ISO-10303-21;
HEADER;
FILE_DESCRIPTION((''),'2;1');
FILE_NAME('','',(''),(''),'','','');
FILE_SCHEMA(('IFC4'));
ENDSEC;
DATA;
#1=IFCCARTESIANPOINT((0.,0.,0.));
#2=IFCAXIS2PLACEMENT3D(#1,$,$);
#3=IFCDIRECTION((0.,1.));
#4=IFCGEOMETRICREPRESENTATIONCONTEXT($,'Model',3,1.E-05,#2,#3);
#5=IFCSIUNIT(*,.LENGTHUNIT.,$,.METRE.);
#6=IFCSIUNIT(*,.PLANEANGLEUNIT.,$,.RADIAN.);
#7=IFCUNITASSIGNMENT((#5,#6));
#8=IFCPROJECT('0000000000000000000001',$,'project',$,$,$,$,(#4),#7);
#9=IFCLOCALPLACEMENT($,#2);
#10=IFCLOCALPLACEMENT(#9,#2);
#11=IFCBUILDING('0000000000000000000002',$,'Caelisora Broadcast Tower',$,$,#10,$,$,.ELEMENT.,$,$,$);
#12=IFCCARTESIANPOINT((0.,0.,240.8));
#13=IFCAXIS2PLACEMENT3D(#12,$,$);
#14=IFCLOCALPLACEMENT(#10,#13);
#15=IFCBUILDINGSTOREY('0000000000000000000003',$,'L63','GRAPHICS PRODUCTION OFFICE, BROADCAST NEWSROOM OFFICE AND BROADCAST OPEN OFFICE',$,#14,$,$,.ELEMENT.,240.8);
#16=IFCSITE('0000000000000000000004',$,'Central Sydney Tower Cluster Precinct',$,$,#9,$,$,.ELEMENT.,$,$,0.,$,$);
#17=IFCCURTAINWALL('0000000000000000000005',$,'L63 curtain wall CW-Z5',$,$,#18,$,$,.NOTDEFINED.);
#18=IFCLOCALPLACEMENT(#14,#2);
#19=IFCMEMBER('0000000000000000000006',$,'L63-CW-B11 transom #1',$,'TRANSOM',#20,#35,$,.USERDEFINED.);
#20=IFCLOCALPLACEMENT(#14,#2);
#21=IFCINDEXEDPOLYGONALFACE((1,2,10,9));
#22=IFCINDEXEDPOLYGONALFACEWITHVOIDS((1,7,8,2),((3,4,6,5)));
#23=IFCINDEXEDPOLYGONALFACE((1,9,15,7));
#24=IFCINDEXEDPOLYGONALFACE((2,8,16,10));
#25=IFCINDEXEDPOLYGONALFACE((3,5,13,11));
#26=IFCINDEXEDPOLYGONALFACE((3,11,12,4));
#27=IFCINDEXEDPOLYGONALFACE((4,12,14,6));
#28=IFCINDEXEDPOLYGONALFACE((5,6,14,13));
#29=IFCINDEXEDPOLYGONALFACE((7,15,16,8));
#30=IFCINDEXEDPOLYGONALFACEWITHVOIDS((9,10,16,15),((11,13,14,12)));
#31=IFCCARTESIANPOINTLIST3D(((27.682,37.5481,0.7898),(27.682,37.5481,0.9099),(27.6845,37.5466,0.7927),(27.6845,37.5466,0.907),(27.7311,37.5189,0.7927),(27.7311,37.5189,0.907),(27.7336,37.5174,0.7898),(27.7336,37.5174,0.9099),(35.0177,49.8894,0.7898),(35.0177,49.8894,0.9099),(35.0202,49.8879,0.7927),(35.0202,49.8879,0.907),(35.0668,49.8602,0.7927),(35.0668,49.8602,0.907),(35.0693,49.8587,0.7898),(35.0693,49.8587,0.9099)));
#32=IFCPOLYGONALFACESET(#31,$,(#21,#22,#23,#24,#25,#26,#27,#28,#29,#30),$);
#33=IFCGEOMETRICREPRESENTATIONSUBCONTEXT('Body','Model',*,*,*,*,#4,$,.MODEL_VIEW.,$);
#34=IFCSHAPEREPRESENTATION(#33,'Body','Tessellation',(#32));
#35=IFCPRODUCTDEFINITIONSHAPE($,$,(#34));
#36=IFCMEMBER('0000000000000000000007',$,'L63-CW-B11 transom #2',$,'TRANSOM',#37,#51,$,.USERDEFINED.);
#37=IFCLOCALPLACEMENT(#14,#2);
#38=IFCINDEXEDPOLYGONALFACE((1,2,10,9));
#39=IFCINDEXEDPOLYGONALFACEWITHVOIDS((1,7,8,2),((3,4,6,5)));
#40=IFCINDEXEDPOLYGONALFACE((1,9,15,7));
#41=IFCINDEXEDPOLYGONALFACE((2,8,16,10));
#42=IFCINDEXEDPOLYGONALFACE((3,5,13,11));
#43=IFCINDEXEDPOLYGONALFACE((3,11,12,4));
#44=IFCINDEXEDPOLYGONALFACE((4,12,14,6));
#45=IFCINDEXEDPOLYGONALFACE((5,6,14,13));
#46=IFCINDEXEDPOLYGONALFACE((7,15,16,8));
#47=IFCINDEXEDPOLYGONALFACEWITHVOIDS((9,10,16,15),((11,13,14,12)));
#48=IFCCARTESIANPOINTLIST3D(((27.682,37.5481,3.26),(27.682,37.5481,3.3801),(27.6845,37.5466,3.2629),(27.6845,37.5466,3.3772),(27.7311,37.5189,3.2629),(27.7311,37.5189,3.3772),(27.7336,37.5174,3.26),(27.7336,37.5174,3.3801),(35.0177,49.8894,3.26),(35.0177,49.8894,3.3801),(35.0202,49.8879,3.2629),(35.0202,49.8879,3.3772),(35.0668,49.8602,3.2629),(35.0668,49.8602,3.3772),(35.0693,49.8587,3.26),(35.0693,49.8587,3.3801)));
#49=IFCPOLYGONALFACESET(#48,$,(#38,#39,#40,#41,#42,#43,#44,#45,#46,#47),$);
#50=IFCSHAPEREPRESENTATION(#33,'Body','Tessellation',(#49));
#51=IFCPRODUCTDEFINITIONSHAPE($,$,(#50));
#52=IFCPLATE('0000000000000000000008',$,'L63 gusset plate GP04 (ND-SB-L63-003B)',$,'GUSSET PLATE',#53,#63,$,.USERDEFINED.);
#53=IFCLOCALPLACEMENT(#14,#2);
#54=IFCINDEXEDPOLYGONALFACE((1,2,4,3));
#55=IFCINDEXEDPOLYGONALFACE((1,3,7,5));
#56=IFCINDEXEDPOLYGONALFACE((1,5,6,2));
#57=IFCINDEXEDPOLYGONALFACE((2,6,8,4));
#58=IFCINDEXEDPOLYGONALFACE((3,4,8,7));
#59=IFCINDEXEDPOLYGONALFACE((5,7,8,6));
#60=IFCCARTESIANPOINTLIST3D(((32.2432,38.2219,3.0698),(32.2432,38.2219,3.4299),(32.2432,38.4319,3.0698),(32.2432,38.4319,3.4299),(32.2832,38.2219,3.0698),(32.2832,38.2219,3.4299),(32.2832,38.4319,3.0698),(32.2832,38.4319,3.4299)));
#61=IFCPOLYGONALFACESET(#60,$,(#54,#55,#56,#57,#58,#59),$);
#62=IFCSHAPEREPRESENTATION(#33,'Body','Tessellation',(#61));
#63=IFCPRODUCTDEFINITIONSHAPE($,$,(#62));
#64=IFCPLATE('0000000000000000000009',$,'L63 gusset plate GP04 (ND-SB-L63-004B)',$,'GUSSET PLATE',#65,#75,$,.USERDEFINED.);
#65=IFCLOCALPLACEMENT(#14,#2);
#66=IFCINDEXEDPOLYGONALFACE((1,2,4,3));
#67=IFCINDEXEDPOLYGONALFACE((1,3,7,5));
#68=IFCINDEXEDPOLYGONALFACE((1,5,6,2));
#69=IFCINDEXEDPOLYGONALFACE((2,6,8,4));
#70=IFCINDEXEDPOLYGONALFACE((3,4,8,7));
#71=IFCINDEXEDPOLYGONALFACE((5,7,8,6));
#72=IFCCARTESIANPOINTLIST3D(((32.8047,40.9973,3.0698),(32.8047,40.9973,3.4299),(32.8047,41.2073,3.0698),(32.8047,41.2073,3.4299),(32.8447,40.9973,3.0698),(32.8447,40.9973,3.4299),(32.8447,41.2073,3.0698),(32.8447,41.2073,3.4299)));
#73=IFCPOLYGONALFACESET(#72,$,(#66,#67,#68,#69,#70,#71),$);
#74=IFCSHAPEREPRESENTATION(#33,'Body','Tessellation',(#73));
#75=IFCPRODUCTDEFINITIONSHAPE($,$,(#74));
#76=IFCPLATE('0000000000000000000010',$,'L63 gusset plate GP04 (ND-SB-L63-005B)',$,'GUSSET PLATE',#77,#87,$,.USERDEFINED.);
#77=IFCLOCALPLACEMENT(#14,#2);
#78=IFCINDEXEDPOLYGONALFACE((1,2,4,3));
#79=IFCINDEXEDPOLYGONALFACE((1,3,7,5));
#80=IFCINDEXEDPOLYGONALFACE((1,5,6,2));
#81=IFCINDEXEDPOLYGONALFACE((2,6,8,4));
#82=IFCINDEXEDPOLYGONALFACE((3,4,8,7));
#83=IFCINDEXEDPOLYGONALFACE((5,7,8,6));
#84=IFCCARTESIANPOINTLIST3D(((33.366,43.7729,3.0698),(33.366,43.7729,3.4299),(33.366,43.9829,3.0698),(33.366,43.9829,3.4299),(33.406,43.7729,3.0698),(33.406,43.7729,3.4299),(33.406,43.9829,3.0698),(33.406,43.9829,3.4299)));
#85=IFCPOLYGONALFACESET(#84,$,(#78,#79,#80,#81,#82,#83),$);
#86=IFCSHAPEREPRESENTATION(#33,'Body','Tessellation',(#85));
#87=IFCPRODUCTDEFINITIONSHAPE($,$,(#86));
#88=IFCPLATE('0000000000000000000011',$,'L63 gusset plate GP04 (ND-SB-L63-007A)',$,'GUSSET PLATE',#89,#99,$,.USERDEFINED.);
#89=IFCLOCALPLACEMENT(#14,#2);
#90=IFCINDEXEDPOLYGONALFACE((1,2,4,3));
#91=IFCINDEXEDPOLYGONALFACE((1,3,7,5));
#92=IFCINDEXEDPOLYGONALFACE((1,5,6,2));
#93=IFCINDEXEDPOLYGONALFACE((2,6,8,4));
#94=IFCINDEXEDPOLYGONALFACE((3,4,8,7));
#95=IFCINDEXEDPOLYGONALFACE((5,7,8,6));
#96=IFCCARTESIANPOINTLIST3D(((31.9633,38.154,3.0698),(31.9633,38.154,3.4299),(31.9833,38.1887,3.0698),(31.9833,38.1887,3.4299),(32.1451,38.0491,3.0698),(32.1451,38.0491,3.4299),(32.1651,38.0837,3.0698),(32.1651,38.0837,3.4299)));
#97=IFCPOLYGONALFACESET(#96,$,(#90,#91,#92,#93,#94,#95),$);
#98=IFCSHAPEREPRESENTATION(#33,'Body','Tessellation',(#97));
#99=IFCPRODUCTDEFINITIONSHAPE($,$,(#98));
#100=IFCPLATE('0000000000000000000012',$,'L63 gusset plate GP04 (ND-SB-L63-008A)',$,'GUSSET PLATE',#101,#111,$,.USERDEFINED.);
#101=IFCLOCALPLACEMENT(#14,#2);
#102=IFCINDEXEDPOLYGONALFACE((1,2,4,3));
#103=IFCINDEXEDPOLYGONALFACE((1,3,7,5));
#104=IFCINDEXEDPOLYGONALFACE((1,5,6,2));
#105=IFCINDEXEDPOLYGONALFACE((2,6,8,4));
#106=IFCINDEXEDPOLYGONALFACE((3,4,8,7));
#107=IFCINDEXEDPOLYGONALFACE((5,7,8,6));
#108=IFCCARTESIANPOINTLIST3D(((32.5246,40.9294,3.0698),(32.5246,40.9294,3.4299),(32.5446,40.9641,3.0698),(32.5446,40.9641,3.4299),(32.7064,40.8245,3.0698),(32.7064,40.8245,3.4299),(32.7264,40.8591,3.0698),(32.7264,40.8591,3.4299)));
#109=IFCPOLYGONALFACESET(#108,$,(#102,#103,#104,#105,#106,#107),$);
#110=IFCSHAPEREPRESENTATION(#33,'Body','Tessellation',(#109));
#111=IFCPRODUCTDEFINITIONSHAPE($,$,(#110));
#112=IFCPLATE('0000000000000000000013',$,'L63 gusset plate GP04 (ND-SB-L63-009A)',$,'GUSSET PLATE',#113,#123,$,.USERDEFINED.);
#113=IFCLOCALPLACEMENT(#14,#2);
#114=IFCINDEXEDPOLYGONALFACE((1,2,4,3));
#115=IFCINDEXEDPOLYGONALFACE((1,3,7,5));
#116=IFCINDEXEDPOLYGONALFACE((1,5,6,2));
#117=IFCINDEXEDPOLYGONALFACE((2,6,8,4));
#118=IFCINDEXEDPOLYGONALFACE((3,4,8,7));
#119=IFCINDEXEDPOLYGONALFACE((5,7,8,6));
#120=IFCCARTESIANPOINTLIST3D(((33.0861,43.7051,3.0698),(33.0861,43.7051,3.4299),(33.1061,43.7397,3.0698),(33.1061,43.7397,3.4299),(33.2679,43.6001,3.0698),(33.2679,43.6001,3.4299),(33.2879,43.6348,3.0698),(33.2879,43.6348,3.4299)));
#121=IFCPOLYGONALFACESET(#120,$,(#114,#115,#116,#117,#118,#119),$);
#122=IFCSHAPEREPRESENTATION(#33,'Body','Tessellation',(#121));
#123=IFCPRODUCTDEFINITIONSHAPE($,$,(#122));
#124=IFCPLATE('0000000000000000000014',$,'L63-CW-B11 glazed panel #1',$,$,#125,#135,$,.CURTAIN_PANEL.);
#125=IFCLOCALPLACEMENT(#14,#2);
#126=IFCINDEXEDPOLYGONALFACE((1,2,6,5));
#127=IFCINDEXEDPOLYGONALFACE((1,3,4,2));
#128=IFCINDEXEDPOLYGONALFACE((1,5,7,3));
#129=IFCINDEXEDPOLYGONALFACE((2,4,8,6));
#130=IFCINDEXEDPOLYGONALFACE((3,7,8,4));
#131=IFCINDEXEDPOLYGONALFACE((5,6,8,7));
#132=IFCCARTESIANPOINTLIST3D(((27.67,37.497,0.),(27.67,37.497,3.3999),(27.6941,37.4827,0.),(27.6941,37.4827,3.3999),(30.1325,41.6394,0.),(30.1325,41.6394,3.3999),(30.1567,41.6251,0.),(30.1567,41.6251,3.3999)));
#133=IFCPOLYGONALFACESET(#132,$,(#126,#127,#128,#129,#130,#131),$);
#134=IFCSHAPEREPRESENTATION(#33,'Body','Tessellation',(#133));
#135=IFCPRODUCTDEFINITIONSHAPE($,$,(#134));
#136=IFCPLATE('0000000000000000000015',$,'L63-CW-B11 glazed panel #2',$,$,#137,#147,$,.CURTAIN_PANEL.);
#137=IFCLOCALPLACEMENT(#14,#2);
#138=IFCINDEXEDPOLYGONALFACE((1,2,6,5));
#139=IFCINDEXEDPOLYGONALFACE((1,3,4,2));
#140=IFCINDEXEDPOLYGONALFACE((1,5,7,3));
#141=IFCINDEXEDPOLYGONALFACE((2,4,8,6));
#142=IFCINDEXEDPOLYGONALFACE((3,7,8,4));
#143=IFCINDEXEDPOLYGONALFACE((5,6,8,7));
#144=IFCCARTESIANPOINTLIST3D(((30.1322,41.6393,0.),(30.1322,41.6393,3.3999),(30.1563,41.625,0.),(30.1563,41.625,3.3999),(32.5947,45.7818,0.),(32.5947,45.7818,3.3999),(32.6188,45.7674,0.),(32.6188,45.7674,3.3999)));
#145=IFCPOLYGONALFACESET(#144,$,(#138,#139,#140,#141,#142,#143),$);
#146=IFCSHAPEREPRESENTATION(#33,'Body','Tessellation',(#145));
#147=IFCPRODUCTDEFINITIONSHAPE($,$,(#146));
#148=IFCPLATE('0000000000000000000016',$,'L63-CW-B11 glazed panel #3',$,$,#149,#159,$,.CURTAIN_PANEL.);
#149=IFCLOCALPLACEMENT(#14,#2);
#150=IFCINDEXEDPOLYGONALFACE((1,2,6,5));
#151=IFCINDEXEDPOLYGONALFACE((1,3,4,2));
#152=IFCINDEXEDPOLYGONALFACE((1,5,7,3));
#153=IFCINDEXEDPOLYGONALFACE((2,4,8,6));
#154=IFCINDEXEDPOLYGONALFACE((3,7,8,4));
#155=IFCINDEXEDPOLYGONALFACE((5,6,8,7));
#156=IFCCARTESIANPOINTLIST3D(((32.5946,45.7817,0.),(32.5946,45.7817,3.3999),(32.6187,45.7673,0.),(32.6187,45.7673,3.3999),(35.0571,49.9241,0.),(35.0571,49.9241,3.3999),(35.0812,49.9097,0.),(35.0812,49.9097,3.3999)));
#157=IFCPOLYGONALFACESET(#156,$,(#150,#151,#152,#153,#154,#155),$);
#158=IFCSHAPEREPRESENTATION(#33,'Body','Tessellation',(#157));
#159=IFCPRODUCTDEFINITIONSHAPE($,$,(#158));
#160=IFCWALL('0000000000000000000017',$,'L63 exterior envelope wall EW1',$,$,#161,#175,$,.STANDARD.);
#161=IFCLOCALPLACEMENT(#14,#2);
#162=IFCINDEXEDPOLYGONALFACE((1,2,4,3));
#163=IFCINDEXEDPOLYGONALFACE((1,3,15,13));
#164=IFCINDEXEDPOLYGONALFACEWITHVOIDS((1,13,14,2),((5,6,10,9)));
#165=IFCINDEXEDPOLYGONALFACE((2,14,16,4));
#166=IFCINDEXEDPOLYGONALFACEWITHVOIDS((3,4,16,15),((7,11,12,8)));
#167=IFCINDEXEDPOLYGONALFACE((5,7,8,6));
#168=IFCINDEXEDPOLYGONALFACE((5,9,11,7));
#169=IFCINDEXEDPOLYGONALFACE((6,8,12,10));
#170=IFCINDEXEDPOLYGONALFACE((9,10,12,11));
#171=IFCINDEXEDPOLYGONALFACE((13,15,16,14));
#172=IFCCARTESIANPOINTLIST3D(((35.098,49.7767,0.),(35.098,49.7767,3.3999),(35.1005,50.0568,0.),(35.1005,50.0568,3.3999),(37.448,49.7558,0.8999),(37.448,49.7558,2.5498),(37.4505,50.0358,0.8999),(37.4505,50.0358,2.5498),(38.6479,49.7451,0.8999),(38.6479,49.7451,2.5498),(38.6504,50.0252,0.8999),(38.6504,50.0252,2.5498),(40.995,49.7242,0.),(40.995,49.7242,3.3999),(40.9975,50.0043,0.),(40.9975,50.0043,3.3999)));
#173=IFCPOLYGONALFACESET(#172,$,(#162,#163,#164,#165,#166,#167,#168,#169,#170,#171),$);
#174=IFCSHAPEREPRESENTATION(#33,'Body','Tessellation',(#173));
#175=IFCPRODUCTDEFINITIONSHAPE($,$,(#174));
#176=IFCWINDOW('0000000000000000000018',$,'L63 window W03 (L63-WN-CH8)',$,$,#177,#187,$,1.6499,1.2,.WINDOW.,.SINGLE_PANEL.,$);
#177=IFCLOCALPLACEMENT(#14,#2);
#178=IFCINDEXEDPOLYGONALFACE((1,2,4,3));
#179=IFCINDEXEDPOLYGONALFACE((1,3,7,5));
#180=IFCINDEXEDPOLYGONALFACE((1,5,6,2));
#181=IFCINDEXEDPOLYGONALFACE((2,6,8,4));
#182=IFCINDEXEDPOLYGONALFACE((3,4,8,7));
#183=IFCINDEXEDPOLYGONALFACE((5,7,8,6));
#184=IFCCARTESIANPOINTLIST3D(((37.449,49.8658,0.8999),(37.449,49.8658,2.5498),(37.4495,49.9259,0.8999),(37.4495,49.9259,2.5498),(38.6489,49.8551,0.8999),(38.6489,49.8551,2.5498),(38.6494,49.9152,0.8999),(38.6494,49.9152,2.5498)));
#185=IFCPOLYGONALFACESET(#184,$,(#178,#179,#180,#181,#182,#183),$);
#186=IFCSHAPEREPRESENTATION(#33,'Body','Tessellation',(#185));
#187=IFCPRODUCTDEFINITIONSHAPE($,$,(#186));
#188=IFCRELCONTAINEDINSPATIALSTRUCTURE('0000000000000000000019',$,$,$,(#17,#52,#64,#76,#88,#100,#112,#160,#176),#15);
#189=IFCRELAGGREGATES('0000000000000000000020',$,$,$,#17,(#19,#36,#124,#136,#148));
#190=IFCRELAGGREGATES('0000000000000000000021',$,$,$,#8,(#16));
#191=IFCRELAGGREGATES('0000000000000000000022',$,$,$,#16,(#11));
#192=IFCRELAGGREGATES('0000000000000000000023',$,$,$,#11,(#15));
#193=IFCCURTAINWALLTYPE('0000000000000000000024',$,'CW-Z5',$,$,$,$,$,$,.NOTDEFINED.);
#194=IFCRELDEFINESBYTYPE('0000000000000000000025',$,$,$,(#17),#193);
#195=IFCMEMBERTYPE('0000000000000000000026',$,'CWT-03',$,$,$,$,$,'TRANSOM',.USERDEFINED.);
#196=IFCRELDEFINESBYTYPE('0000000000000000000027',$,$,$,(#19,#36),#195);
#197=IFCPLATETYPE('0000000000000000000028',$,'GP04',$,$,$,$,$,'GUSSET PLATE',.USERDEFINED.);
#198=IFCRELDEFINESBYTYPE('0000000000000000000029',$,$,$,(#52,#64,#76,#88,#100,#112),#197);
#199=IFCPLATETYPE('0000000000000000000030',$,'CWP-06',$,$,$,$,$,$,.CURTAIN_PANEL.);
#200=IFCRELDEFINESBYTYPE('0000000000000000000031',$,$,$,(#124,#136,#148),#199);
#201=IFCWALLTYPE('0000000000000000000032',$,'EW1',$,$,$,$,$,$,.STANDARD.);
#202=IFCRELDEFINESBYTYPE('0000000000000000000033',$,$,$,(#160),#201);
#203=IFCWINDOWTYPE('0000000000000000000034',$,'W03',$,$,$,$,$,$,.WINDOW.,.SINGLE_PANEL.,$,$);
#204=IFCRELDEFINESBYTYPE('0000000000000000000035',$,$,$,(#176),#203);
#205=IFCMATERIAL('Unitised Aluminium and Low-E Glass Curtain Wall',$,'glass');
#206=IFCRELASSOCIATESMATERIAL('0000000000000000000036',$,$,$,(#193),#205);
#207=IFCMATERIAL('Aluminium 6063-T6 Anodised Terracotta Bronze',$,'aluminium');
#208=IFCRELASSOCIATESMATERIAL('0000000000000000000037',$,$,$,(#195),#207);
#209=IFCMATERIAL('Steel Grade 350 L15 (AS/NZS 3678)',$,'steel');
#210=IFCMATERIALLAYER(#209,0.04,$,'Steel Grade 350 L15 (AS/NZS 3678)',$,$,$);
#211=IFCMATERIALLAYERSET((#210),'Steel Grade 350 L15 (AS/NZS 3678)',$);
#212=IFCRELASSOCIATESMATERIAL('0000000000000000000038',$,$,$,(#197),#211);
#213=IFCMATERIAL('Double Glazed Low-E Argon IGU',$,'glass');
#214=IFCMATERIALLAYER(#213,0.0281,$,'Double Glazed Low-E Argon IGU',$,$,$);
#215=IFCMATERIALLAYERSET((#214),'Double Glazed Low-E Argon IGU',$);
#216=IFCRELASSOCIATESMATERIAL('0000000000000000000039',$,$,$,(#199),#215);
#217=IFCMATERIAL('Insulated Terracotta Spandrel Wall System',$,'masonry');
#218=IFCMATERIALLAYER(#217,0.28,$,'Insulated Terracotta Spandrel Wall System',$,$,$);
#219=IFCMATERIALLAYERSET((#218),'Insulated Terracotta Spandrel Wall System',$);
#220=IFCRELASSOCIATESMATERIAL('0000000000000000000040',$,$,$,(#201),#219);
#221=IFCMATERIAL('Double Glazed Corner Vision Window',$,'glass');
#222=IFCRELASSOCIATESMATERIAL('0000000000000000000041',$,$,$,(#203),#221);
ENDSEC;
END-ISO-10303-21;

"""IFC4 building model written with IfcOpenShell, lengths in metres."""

from ifc_helpers import new_model, si_unit, direction, frame, frame_2d, origin, origin_2d, place, context, subcontext, project, spatial, rectangle, hollow_rectangle, extrude, source, transform, mapped, material, layer, layer_set, material_profile, profile_set, type_object, type_shapes, element, fill, aggregate, save


model = new_model("IFC4")

# Units and contexts
model_context = context("Model", 3, precision=1e-05, world=origin(), true_north=direction((0.0, 1.0)))
body_context = subcontext(model_context, "Body", "Model", "MODEL_VIEW")
ifc_project = project(units=[si_unit("LENGTHUNIT", "METRE"), si_unit("PLANEANGLEUNIT", "RADIAN")], contexts=[model_context])

# Site, building, storey
site_placement = place(None, origin())
site = spatial("IfcSite", under=ifc_project, at=site_placement, Name="Central Sydney Tower Cluster Precinct", CompositionType="ELEMENT", RefElevation=0.0)
building_placement = place(site_placement, origin())
building = spatial("IfcBuilding", under=site, at=building_placement, Name="Caelisora Broadcast Tower", CompositionType="ELEMENT")
storey_placement = place(building_placement, frame((0.0, 0.0, 240.8)))
storey = spatial("IfcBuildingStorey", under=building, at=storey_placement, Name="L63", Description="GRAPHICS PRODUCTION OFFICE, BROADCAST NEWSROOM OFFICE AND BROADCAST OPEN OFFICE", CompositionType="ELEMENT", Elevation=240.8)

# Shared definitions
ifc_material_1 = material(Name="Steel Grade 350 L15 (AS/NZS 3678)", Category="steel")

# Shared definitions
ifc_material_2 = material(Name="Aluminium 6063-T6 Anodised Terracotta Bronze", Category="aluminium")

# Curtain wall, members
ifc_material_3 = material(Name="Unitised Aluminium and Low-E Glass Curtain Wall", Category="glass")
curtain_wall_type_1 = type_object("IfcCurtainWallType", Name="CW-Z5", PredefinedType="NOTDEFINED", material=ifc_material_3)
curtain_wall_1_placement = place(storey_placement, origin())
curtain_wall_1 = element("IfcCurtainWall", 1, at=curtain_wall_1_placement, inside=storey, type_object=curtain_wall_type_1, Name="L63 curtain wall CW-Z5", PredefinedType="NOTDEFINED")
ifc_material_profile_1 = material_profile(ifc_material_2, hollow_rectangle(XDim=0.0601, YDim=0.1201, WallThickness=0.0029, at=origin_2d()), Name="Aluminium 6063-T6 Anodised Terracotta Bronze")
ifc_profile_set_1 = profile_set([ifc_material_profile_1], Name="Aluminium 6063-T6 Anodised Terracotta Bronze")
member_type_1 = type_object("IfcMemberType", Name="CWT-03", ElementType="TRANSOM", PredefinedType="USERDEFINED", material=ifc_profile_set_1)
shared_shape_1 = source(origin(), body_context, "Body", "SweptSolid", [
    extrude(hollow_rectangle(XDim=0.0601, YDim=0.1201, WallThickness=0.0029, at=origin_2d()), origin(), (0.0, 0.0, 1.0), 14.3569),
])
type_shapes(member_type_1, [shared_shape_1])
member_1_placement = place(storey_placement, frame((27.7078, 37.5327, 0.8499), z_axis=(0.510953, 0.859609, 0.0), x_axis=(-0.859609, 0.510953, 0.0)))
member_1 = element("IfcMember", 2, at=member_1_placement, type_object=member_type_1, Name="L63-CW-B11 transom #1", ObjectType="TRANSOM", PredefinedType="USERDEFINED", context=body_context, shape_type="MappedRepresentation", body=[
    mapped(shared_shape_1, transform((0.0, 0.0, 0.0), scale=1.0)),
])
member_2_placement = place(storey_placement, frame((27.7078, 37.5327, 3.3201), z_axis=(0.510953, 0.859609, 0.0), x_axis=(-0.859609, 0.510953, 0.0)))
member_2 = element("IfcMember", 3, at=member_2_placement, type_object=member_type_1, Name="L63-CW-B11 transom #2", ObjectType="TRANSOM", PredefinedType="USERDEFINED", context=body_context, shape_type="MappedRepresentation", body=[
    mapped(shared_shape_1, transform((0.0, 0.0, 0.0), scale=1.0)),
])

# Plates
ifc_layer_1 = layer(ifc_material_1, 0.04, Name="Steel Grade 350 L15 (AS/NZS 3678)")
ifc_layer_set_1 = layer_set([ifc_layer_1], Name="Steel Grade 350 L15 (AS/NZS 3678)")
plate_type_1 = type_object("IfcPlateType", Name="GP04", ElementType="GUSSET PLATE", PredefinedType="USERDEFINED", material=ifc_layer_set_1)
shared_shape_2 = source(origin(), body_context, "Body", "SweptSolid", [
    extrude(rectangle(XDim=0.21, YDim=0.04, at=origin_2d()), origin(), (0.0, 0.0, 1.0), 0.3601),
])
type_shapes(plate_type_1, [shared_shape_2])
for number, where, z_axis, x_axis, name in (
    (4, (32.2632, 38.3269, 3.0698), (0.0, 0.0, 1.0), (0.0, -1.0, 0.0), "L63 gusset plate GP04 (ND-SB-L63-003B)"),
    (5, (32.8247, 41.1023, 3.0698), (0.0, 0.0, 1.0), (0.0, -1.0, 0.0), "L63 gusset plate GP04 (ND-SB-L63-004B)"),
    (6, (33.386, 43.8779, 3.0698), (0.0, 0.0, 1.0), (0.0, -1.0, 0.0), "L63 gusset plate GP04 (ND-SB-L63-005B)"),
    (7, (32.0642, 38.1189, 3.0698), (0.0, 0.0, 1.0), (0.866025, -0.5, 0.0), "L63 gusset plate GP04 (ND-SB-L63-007A)"),
    (8, (32.6255, 40.8943, 3.0698), (0.0, 0.0, 1.0), (0.866025, -0.5, 0.0), "L63 gusset plate GP04 (ND-SB-L63-008A)"),
    (9, (33.187, 43.6699, 3.0698), (0.0, 0.0, 1.0), (0.866025, -0.5, 0.0), "L63 gusset plate GP04 (ND-SB-L63-009A)"),
):
    element("IfcPlate", number, at=place(storey_placement, frame(where, z_axis=z_axis, x_axis=x_axis)), inside=storey, type_object=plate_type_1, Name=name, ObjectType="GUSSET PLATE", PredefinedType="USERDEFINED", context=body_context, shape_type="MappedRepresentation", body=[
        mapped(shared_shape_2, transform((0.0, 0.0, 0.0), scale=1.0)),
    ])

# Plates
ifc_material_4 = material(Name="Double Glazed Low-E Argon IGU", Category="glass")
ifc_layer_2 = layer(ifc_material_4, 0.0281, Name="Double Glazed Low-E Argon IGU")
ifc_layer_set_2 = layer_set([ifc_layer_2], Name="Double Glazed Low-E Argon IGU")
plate_type_2 = type_object("IfcPlateType", Name="CWP-06", PredefinedType="CURTAIN_PANEL", material=ifc_layer_set_2)
shared_shape_3 = source(origin(), body_context, "Body", "SweptSolid", [
    extrude(rectangle(XDim=4.8191, YDim=0.0281, at=origin_2d()), origin(), (0.0, 0.0, 1.0), 3.3999),
])
type_shapes(plate_type_2, [shared_shape_3])
plate_1_placement = place(storey_placement, frame((28.9133, 39.561, 0.0), z_axis=(0.0, 0.0, 1.0), x_axis=(0.510993, 0.859585, 0.0)))
plate_1 = element("IfcPlate", 10, at=plate_1_placement, type_object=plate_type_2, Name="L63-CW-B11 glazed panel #1", PredefinedType="CURTAIN_PANEL", context=body_context, shape_type="MappedRepresentation", body=[
    mapped(shared_shape_3, transform((0.0, 0.0, 0.0), scale=1.0)),
])
plate_2_placement = place(storey_placement, frame((31.3755, 43.7034, 0.0), z_axis=(0.0, 0.0, 1.0), x_axis=(0.510993, 0.859585, 0.0)))
plate_2 = element("IfcPlate", 11, at=plate_2_placement, type_object=plate_type_2, Name="L63-CW-B11 glazed panel #2", PredefinedType="CURTAIN_PANEL", context=body_context, shape_type="MappedRepresentation", body=[
    mapped(shared_shape_3, transform((0.0, 0.0, 0.0), scale=1.0)),
])
plate_3_placement = place(storey_placement, frame((33.8379, 47.8457, 0.0), z_axis=(0.0, 0.0, 1.0), x_axis=(0.510993, 0.859585, 0.0)))
plate_3 = element("IfcPlate", 12, at=plate_3_placement, type_object=plate_type_2, Name="L63-CW-B11 glazed panel #3", PredefinedType="CURTAIN_PANEL", context=body_context, shape_type="MappedRepresentation", body=[
    mapped(shared_shape_3, transform((0.0, 0.0, 0.0), scale=1.0)),
])
aggregate(curtain_wall_1, [member_1, member_2, plate_1, plate_2, plate_3])

# Wall, opening, window
ifc_material_5 = material(Name="Insulated Terracotta Spandrel Wall System", Category="masonry")
ifc_layer_3 = layer(ifc_material_5, 0.28, Name="Insulated Terracotta Spandrel Wall System")
ifc_layer_set_3 = layer_set([ifc_layer_3], Name="Insulated Terracotta Spandrel Wall System")
wall_type_1 = type_object("IfcWallType", Name="EW1", PredefinedType="STANDARD", material=ifc_layer_set_3)
wall_1_placement = place(storey_placement, frame((35.0991, 49.9167, 0.0), z_axis=(0.0, 0.0, 1.0), x_axis=(0.99996, -0.008901, 0.0)))
wall_1 = element("IfcWall", 13, at=wall_1_placement, inside=storey, type_object=wall_type_1, Name="L63 exterior envelope wall EW1", PredefinedType="STANDARD", context=body_context, shape_type="SweptSolid", body=[
    extrude(rectangle(XDim=5.8972, YDim=0.28, at=frame_2d((2.9487, 0.0))), origin(), (0.0, 0.0, 1.0), 3.3999),
])
opening_1_placement = place(wall_1_placement, frame((2.3501, 0.0, 0.8999)))
opening_1 = element("IfcOpeningElement", 14, at=opening_1_placement, cuts=wall_1, PredefinedType="OPENING", context=body_context, shape_type="SweptSolid", body=[
    extrude(rectangle(XDim=1.2, YDim=1.6499, at=frame_2d((0.6001, 0.825))), frame((0.0, 0.1521, 0.0), z_axis=(0.0, -1.0, 0.0), x_axis=(1.0, 0.0, 0.0)), (0.0, 0.0, 1.0), 0.304),
])
ifc_material_6 = material(Name="Double Glazed Corner Vision Window", Category="glass")
window_type = type_object("IfcWindowType", Name="W03", PartitioningType="SINGLE_PANEL", PredefinedType="WINDOW", material=ifc_material_6)
window_placement = place(opening_1_placement, origin())
window = element("IfcWindow", 15, at=window_placement, inside=storey, type_object=window_type, Name="L63 window W03 (L63-WN-CH8)", OverallHeight=1.6499, OverallWidth=1.2, PartitioningType="SINGLE_PANEL", PredefinedType="WINDOW", context=body_context, shape_type="SweptSolid", body=[
    extrude(rectangle(XDim=1.2, YDim=1.6499, at=frame_2d((0.6001, 0.825))), frame((0.0, 0.03, 0.0), z_axis=(0.0, -1.0, 0.0), x_axis=(1.0, 0.0, 0.0)), (0.0, 0.0, 1.0), 0.0601),
])
fill(opening_1, window)

save(model, "model.ifc")
